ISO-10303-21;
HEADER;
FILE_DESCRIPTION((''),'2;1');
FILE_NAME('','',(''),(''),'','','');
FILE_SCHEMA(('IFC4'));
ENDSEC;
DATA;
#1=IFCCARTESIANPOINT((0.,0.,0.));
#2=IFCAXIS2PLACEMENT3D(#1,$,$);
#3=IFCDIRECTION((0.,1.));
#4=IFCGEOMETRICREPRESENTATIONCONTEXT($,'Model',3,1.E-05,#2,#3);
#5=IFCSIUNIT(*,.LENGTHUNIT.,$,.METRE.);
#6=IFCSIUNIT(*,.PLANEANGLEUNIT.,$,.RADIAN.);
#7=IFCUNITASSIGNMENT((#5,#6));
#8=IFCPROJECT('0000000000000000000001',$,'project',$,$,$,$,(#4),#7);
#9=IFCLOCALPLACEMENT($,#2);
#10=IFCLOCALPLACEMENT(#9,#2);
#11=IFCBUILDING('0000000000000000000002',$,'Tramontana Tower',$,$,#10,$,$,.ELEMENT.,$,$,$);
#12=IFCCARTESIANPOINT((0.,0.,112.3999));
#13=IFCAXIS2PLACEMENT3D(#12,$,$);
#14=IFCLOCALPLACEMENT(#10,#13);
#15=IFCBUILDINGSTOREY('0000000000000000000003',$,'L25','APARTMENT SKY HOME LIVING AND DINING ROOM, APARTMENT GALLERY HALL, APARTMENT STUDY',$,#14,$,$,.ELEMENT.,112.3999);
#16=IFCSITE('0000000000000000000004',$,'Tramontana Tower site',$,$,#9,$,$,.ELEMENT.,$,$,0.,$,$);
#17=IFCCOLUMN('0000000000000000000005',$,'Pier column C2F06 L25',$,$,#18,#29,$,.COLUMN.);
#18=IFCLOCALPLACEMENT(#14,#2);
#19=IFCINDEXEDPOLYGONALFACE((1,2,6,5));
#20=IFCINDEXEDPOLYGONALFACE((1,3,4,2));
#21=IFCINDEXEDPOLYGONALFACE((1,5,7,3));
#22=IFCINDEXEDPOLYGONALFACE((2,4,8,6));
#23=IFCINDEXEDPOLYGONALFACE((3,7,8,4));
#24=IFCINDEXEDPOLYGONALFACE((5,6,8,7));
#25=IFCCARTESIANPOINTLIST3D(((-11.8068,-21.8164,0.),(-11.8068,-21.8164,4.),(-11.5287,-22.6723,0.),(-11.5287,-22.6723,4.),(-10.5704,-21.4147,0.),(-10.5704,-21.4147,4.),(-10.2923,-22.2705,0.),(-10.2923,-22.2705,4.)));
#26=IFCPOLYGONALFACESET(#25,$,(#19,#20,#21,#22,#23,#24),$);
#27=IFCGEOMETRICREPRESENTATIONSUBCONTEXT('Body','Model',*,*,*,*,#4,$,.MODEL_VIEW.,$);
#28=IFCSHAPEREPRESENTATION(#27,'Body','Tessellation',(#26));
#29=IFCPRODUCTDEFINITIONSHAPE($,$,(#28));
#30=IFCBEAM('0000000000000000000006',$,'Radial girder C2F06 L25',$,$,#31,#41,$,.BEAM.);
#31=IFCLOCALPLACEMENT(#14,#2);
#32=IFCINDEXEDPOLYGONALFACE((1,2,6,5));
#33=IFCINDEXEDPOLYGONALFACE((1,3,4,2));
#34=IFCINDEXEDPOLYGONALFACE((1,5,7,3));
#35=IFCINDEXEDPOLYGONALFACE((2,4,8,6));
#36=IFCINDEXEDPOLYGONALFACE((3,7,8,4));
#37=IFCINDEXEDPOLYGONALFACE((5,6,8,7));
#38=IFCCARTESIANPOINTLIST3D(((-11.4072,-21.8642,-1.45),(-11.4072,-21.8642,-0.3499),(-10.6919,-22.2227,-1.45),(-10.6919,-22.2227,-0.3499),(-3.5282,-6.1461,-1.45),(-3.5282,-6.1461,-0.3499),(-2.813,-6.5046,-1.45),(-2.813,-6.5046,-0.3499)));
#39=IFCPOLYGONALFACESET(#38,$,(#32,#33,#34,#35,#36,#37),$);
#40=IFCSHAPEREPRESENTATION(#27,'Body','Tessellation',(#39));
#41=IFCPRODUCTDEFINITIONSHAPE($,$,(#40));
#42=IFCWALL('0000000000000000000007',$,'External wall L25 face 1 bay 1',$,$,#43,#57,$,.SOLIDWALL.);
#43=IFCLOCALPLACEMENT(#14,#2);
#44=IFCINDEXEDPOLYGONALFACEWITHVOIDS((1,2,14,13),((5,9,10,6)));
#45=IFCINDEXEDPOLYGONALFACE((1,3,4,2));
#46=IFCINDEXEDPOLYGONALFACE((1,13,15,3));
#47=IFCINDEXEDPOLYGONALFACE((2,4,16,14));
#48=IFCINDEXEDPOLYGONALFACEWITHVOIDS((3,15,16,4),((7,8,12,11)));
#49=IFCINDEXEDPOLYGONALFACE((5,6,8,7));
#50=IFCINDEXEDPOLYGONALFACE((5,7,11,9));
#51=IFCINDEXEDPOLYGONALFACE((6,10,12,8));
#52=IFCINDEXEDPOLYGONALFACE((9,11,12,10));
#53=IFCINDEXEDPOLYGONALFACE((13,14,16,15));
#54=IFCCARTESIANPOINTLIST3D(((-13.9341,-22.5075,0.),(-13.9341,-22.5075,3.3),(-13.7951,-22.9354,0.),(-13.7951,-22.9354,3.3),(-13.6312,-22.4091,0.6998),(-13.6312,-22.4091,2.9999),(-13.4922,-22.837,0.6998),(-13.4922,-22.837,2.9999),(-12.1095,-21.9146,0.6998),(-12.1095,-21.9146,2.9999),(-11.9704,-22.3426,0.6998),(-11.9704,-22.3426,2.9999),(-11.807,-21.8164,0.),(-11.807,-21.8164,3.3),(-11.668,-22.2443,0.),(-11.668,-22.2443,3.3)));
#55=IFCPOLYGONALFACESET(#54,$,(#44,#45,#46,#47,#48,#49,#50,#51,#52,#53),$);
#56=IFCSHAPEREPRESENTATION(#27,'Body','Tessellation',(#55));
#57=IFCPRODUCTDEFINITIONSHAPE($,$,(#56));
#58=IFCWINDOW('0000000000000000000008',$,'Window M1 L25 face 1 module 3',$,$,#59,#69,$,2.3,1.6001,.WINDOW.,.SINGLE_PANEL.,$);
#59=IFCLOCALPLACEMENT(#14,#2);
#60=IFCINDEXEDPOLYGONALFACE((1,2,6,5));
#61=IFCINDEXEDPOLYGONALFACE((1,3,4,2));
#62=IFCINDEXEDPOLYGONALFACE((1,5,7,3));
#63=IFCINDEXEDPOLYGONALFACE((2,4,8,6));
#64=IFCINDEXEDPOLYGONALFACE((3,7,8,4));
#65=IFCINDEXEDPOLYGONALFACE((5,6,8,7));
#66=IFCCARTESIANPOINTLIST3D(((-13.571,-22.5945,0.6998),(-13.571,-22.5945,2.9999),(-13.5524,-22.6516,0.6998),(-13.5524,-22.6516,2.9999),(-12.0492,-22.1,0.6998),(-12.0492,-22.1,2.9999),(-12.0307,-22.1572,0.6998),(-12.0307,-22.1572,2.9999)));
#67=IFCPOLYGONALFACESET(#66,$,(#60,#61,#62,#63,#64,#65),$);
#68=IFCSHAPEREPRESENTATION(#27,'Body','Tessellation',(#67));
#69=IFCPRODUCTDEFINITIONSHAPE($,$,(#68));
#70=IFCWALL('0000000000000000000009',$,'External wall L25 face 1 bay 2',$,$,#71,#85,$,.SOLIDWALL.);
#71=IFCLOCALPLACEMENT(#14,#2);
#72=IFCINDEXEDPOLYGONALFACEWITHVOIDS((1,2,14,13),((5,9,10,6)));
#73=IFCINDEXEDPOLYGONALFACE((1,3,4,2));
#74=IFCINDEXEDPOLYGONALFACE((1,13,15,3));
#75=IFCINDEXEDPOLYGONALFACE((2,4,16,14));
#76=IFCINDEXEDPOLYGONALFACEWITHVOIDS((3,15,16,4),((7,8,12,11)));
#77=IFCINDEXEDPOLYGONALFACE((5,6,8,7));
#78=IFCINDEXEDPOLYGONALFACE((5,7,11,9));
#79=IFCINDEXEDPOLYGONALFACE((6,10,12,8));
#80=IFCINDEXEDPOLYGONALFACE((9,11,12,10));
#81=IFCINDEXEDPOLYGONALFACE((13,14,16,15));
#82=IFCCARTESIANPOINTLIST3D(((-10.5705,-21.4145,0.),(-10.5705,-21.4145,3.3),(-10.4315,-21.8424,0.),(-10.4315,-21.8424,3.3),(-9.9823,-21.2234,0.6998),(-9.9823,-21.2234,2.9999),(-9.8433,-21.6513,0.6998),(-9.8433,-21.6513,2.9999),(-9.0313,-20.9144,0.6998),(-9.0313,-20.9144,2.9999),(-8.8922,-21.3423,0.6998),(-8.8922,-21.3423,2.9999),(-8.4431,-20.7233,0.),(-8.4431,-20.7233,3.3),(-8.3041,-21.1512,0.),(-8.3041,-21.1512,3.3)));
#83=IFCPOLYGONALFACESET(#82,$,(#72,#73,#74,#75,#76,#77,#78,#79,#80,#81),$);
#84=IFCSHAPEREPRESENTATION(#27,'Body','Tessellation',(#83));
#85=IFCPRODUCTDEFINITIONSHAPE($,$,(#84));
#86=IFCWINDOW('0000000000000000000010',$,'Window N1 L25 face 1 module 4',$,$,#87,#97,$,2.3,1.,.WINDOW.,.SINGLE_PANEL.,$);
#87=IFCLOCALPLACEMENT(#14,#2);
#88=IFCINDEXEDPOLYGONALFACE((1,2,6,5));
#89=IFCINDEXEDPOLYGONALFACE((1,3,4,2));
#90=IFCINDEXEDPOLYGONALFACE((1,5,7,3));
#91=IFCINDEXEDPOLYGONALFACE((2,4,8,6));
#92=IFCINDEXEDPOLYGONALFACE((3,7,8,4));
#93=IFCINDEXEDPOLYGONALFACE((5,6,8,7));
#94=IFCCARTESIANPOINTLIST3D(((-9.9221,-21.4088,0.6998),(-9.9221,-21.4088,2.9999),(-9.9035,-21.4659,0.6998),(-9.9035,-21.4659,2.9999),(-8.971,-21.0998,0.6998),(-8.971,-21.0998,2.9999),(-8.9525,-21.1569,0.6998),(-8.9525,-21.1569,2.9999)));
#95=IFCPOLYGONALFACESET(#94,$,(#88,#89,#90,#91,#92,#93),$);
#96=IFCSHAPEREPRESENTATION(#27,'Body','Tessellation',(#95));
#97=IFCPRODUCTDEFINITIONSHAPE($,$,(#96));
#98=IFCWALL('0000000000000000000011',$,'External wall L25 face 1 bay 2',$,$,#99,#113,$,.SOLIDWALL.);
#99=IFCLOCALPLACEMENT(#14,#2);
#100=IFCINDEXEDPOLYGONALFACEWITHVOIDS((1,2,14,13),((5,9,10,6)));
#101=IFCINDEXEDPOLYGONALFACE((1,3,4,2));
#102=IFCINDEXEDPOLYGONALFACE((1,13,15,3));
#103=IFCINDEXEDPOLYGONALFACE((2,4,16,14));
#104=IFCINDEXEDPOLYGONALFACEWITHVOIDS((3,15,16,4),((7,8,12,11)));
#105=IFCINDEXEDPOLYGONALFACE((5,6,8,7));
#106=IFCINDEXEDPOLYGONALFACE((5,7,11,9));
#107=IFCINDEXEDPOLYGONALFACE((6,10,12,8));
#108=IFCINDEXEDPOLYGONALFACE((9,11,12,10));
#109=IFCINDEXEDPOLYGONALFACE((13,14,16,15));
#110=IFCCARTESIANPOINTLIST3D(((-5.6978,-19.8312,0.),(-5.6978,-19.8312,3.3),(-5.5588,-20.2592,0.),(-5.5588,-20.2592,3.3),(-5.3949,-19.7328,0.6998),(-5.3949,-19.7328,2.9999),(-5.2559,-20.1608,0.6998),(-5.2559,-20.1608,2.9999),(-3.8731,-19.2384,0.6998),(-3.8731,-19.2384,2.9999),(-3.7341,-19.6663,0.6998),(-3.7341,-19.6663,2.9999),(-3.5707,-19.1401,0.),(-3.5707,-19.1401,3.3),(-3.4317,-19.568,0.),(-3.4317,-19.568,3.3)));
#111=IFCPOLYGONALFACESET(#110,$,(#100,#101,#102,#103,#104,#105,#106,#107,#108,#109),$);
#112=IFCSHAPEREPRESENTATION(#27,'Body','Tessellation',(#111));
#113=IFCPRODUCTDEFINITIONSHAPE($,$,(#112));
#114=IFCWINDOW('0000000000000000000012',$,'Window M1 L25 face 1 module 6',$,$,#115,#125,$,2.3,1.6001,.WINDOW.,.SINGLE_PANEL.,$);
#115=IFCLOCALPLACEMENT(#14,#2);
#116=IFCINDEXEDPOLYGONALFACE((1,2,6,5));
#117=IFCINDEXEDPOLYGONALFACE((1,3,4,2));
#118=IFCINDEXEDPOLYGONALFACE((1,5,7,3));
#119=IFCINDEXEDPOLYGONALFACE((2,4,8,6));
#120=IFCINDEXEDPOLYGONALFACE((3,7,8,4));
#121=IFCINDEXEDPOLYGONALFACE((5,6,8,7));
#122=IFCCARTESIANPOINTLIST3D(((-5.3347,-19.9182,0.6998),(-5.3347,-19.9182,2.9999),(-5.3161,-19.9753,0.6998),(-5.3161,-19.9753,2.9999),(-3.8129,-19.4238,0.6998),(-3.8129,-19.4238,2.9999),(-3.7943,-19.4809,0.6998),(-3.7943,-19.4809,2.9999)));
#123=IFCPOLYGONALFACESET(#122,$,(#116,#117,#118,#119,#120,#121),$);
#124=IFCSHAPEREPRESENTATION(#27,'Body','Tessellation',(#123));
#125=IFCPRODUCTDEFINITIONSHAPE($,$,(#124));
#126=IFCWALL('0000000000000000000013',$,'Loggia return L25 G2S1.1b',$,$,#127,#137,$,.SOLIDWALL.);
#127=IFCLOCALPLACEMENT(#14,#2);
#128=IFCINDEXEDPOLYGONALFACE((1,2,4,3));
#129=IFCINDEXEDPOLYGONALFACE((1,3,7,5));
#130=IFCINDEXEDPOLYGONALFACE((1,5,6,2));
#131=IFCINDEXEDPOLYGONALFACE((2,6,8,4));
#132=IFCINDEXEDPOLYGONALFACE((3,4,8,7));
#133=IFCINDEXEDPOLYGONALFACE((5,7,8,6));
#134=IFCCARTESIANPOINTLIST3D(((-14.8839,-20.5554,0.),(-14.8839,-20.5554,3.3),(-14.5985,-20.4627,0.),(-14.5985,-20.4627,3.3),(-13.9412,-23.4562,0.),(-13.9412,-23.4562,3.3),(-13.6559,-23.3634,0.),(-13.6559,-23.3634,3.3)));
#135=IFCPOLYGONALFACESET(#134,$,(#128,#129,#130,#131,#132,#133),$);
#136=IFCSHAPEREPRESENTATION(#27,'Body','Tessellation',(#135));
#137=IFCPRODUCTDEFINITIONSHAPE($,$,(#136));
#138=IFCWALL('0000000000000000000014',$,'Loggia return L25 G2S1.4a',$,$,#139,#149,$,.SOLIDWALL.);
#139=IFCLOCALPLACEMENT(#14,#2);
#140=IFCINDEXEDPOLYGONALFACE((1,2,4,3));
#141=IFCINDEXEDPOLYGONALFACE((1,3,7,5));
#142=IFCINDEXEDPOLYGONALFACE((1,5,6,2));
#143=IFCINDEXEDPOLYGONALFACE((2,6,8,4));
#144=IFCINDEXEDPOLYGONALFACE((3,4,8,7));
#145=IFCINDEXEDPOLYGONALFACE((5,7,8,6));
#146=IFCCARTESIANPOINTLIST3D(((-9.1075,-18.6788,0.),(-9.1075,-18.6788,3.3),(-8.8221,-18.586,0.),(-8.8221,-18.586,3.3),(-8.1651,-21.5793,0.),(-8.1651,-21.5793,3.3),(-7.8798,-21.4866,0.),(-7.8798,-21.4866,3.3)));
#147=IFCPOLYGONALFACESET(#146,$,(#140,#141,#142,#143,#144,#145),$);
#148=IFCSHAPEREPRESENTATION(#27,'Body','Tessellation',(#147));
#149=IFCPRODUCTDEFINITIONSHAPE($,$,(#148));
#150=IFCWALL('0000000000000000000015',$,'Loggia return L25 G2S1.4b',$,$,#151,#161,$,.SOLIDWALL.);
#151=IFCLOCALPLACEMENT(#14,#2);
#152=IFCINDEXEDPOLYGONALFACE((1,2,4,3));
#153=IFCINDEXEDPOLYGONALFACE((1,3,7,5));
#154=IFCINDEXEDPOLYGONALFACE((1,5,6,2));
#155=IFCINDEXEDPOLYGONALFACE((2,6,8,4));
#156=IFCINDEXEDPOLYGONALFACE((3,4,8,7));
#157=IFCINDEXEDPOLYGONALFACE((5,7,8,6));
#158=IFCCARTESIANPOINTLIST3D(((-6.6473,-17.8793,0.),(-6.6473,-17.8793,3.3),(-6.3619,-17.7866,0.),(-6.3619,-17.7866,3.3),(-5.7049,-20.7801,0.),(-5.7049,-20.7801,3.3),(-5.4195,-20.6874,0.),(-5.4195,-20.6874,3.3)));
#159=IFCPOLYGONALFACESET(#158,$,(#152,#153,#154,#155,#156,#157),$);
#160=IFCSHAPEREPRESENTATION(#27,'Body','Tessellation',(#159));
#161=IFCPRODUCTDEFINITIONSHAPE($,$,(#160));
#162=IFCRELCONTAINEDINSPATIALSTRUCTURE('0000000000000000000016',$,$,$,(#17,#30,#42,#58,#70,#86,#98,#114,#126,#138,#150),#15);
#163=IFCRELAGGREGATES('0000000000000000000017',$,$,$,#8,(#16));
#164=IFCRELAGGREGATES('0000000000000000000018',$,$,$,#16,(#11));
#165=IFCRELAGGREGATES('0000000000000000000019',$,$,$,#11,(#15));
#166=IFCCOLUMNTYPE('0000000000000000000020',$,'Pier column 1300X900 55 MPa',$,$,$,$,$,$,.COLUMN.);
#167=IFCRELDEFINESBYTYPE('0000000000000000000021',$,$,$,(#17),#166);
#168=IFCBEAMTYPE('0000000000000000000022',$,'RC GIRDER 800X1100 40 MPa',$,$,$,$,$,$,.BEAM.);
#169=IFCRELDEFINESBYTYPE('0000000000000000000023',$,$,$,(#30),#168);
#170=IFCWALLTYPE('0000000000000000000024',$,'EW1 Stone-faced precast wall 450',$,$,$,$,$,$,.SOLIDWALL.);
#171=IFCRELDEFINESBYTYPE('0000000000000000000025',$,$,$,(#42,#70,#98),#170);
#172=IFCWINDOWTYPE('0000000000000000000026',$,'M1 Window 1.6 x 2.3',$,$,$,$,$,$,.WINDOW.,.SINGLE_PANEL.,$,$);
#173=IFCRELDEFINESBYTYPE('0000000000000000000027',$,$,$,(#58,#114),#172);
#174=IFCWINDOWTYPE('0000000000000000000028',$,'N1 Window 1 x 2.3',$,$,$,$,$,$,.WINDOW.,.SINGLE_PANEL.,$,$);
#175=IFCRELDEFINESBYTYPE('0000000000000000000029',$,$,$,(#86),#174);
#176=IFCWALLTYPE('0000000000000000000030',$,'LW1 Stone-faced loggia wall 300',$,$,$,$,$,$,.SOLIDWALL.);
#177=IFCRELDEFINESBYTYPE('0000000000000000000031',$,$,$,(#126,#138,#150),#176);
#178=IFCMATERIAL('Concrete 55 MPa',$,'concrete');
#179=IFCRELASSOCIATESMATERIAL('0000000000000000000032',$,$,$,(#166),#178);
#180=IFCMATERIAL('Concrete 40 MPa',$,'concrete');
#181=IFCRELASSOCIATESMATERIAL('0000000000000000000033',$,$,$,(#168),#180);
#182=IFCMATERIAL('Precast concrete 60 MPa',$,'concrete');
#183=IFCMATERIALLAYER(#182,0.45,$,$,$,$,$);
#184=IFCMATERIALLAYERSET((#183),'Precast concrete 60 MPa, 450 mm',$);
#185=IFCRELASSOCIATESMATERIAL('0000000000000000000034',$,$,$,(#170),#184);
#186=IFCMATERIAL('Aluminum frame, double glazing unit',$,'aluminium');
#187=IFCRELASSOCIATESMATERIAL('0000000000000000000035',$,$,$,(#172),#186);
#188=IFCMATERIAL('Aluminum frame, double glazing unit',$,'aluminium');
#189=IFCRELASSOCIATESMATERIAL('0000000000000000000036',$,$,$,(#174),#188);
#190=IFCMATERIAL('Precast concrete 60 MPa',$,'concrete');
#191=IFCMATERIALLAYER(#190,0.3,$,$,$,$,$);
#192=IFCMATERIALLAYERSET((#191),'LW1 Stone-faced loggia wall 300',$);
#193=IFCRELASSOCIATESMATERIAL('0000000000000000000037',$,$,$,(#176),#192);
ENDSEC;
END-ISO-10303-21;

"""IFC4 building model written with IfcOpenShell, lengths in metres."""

from ifc_helpers import new_model, si_unit, direction, frame, frame_2d, origin, origin_2d, place, context, subcontext, project, spatial, rectangle, extrude, material, layer, layer_set, material_profile, profile_set, type_object, element, fill, save


model = new_model("IFC4")

# Units and contexts
model_context = context("Model", 3, precision=1e-05, world=origin(), true_north=direction((0.0, 1.0)))
body_context = subcontext(model_context, "Body", "Model", "MODEL_VIEW")
ifc_project = project(units=[si_unit("LENGTHUNIT", "METRE"), si_unit("PLANEANGLEUNIT", "RADIAN")], contexts=[model_context])

# Site, building, storey
site_placement = place(None, origin())
site = spatial("IfcSite", under=ifc_project, at=site_placement, Name="Tramontana Tower site", CompositionType="ELEMENT", RefElevation=0.0)
building_placement = place(site_placement, origin())
building = spatial("IfcBuilding", under=site, at=building_placement, Name="Tramontana Tower", CompositionType="ELEMENT")
storey_placement = place(building_placement, frame((0.0, 0.0, 112.3999)))
storey = spatial("IfcBuildingStorey", under=building, at=storey_placement, Name="L25", Description="APARTMENT SKY HOME LIVING AND DINING ROOM, APARTMENT GALLERY HALL, APARTMENT STUDY", CompositionType="ELEMENT", Elevation=112.3999)

# Column
ifc_material_1 = material(Name="Concrete 55 MPa", Category="concrete")
ifc_material_profile_1 = material_profile(ifc_material_1, rectangle(XDim=1.3, YDim=0.8999, at=origin_2d()), Name="Pier column 1300X900 55 MPa")
ifc_profile_set_1 = profile_set([ifc_material_profile_1], Name="Concrete 55 MPa")
column_type = type_object("IfcColumnType", Name="Pier column 1300X900 55 MPa", PredefinedType="COLUMN", material=ifc_profile_set_1)
column_placement = place(storey_placement, frame((-11.0496, -22.0435, 0.0), z_axis=(0.0, 0.0, 1.0), x_axis=(0.951057, 0.309017, 0.0)))
element("IfcColumn", 1, at=column_placement, inside=storey, type_object=column_type, Name="Pier column C2F06 L25", PredefinedType="COLUMN", context=body_context, shape_type="SweptSolid", body=[
    extrude(rectangle(XDim=1.3, YDim=0.8999, at=origin_2d()), origin(), (0.0, 0.0, 1.0), 4.0),
])

# Beam
ifc_material_2 = material(Name="Concrete 40 MPa", Category="concrete")
ifc_material_profile_2 = material_profile(ifc_material_2, rectangle(XDim=0.8, YDim=1.1001, at=origin_2d()), Name="RC GIRDER 800X1100 40 MPa")
ifc_profile_set_2 = profile_set([ifc_material_profile_2], Name="Concrete 40 MPa")
beam_type = type_object("IfcBeamType", Name="RC GIRDER 800X1100 40 MPa", PredefinedType="BEAM", material=ifc_profile_set_2)
beam_placement = place(storey_placement, frame((-11.0496, -22.0435, -0.8999), z_axis=(0.448119, 0.893974, 0.0), x_axis=(-0.893974, 0.448119, 0.0)))
element("IfcBeam", 2, at=beam_placement, inside=storey, type_object=beam_type, Name="Radial girder C2F06 L25", PredefinedType="BEAM", context=body_context, shape_type="SweptSolid", body=[
    extrude(rectangle(XDim=0.8, YDim=1.1001, at=origin_2d()), origin(), (0.0, 0.0, 1.0), 17.5823),
])

# Walls, openings, windows
ifc_material_3 = material(Name="Precast concrete 60 MPa", Category="concrete")
ifc_layer_1 = layer(ifc_material_3, 0.45)
ifc_layer_set_1 = layer_set([ifc_layer_1], Name="Precast concrete 60 MPa, 450 mm")
wall_type_1 = type_object("IfcWallType", Name="EW1 Stone-faced precast wall 450", PredefinedType="SOLIDWALL", material=ifc_layer_set_1)
wall_1_placement = place(storey_placement, frame((-13.8645, -22.7214, 0.0), z_axis=(0.0, 0.0, 1.0), x_axis=(0.951057, 0.309014, 0.0)))
wall_1 = element("IfcWall", 3, at=wall_1_placement, inside=storey, type_object=wall_type_1, Name="External wall L25 face 1 bay 1", PredefinedType="SOLIDWALL", context=body_context, shape_type="SweptSolid", body=[
    extrude(rectangle(XDim=2.2366, YDim=0.45, at=frame_2d((1.1182, 0.0))), origin(), (0.0, 0.0, 1.0), 3.3),
])
opening_1_placement = place(wall_1_placement, frame((0.3184, 0.0, 0.7)))
opening_1 = element("IfcOpeningElement", 4, at=opening_1_placement, cuts=wall_1, PredefinedType="OPENING", context=body_context, shape_type="SweptSolid", body=[
    extrude(rectangle(XDim=1.6001, YDim=2.3, at=frame_2d((0.8, 1.1499))), frame((0.0, 0.2349, 0.0), z_axis=(0.0, -1.0, 0.0), x_axis=(1.0, 0.0, 0.0)), (0.0, 0.0, 1.0), 0.47),
])
ifc_material_4 = material(Name="Aluminum frame, double glazing unit", Category="aluminium")
window_type_1 = type_object("IfcWindowType", Name="M1 Window 1.6 x 2.3", PartitioningType="SINGLE_PANEL", PredefinedType="WINDOW", material=ifc_material_4)
window_1_placement = place(opening_1_placement, origin())
window_1 = element("IfcWindow", 5, at=window_1_placement, inside=storey, type_object=window_type_1, Name="Window M1 L25 face 1 module 3", OverallHeight=2.3, OverallWidth=1.6001, PartitioningType="SINGLE_PANEL", PredefinedType="WINDOW", context=body_context, shape_type="SweptSolid", body=[
    extrude(rectangle(XDim=1.6001, YDim=2.3, at=frame_2d((0.8, 1.1499))), frame((0.0, 0.03, 0.0), z_axis=(0.0, -1.0, 0.0), x_axis=(1.0, 0.0, 0.0)), (0.0, 0.0, 1.0), 0.0601),
])
fill(opening_1, window_1)
wall_2_placement = place(storey_placement, frame((-10.501, -21.6284, 0.0), z_axis=(0.0, 0.0, 1.0), x_axis=(0.951068, 0.308982, 0.0)))
wall_2 = element("IfcWall", 6, at=wall_2_placement, inside=storey, type_object=wall_type_1, Name="External wall L25 face 1 bay 2", PredefinedType="SOLIDWALL", context=body_context, shape_type="SweptSolid", body=[
    extrude(rectangle(XDim=2.2368, YDim=0.45, at=frame_2d((1.1184, 0.0))), origin(), (0.0, 0.0, 1.0), 3.3),
])
opening_2_placement = place(wall_2_placement, frame((0.6184, 0.0, 0.7)))
opening_2 = element("IfcOpeningElement", 7, at=opening_2_placement, cuts=wall_2, PredefinedType="OPENING", context=body_context, shape_type="SweptSolid", body=[
    extrude(rectangle(XDim=1.0, YDim=2.3, at=frame_2d((0.5, 1.1499))), frame((0.0, 0.2349, 0.0), z_axis=(0.0, -1.0, 0.0), x_axis=(1.0, 0.0, 0.0)), (0.0, 0.0, 1.0), 0.47),
])
ifc_material_5 = material(Name="Aluminum frame, double glazing unit", Category="aluminium")
window_type_2 = type_object("IfcWindowType", Name="N1 Window 1 x 2.3", PartitioningType="SINGLE_PANEL", PredefinedType="WINDOW", material=ifc_material_5)
window_2_placement = place(opening_2_placement, origin())
window_2 = element("IfcWindow", 8, at=window_2_placement, inside=storey, type_object=window_type_2, Name="Window N1 L25 face 1 module 4", OverallHeight=2.3, OverallWidth=1.0, PartitioningType="SINGLE_PANEL", PredefinedType="WINDOW", context=body_context, shape_type="SweptSolid", body=[
    extrude(rectangle(XDim=1.0, YDim=2.3, at=frame_2d((0.5, 1.1499))), frame((0.0, 0.03, 0.0), z_axis=(0.0, -1.0, 0.0), x_axis=(1.0, 0.0, 0.0)), (0.0, 0.0, 1.0), 0.0601),
])
fill(opening_2, window_2)
wall_3_placement = place(storey_placement, frame((-5.6282, -20.0452, 0.0), z_axis=(0.0, 0.0, 1.0), x_axis=(0.951057, 0.309014, 0.0)))
wall_3 = element("IfcWall", 9, at=wall_3_placement, inside=storey, type_object=wall_type_1, Name="External wall L25 face 1 bay 2", PredefinedType="SOLIDWALL", context=body_context, shape_type="SweptSolid", body=[
    extrude(rectangle(XDim=2.2366, YDim=0.45, at=frame_2d((1.1182, 0.0))), origin(), (0.0, 0.0, 1.0), 3.3),
])
opening_3_placement = place(wall_3_placement, frame((0.3184, 0.0, 0.7)))
opening_3 = element("IfcOpeningElement", 10, at=opening_3_placement, cuts=wall_3, PredefinedType="OPENING", context=body_context, shape_type="SweptSolid", body=[
    extrude(rectangle(XDim=1.6001, YDim=2.3, at=frame_2d((0.8, 1.1499))), frame((0.0, 0.2349, 0.0), z_axis=(0.0, -1.0, 0.0), x_axis=(1.0, 0.0, 0.0)), (0.0, 0.0, 1.0), 0.47),
])
window_3_placement = place(opening_3_placement, origin())
window_3 = element("IfcWindow", 11, at=window_3_placement, inside=storey, type_object=window_type_1, Name="Window M1 L25 face 1 module 6", OverallHeight=2.3, OverallWidth=1.6001, PartitioningType="SINGLE_PANEL", PredefinedType="WINDOW", context=body_context, shape_type="SweptSolid", body=[
    extrude(rectangle(XDim=1.6001, YDim=2.3, at=frame_2d((0.8, 1.1499))), frame((0.0, 0.03, 0.0), z_axis=(0.0, -1.0, 0.0), x_axis=(1.0, 0.0, 0.0)), (0.0, 0.0, 1.0), 0.0601),
])
fill(opening_3, window_3)

# Wall
ifc_material_6 = material(Name="Precast concrete 60 MPa", Category="concrete")
ifc_layer_2 = layer(ifc_material_6, 0.3)
ifc_layer_set_2 = layer_set([ifc_layer_2], Name="LW1 Stone-faced loggia wall 300")
wall_type_2 = type_object("IfcWallType", Name="LW1 Stone-faced loggia wall 300", PredefinedType="SOLIDWALL", material=ifc_layer_set_2)
wall_4_placement = place(storey_placement, frame((-13.7986, -23.4097, 0.0), z_axis=(0.0, 0.0, 1.0), x_axis=(-0.309063, 0.951042, 0.0)))
element("IfcWall", 12, at=wall_4_placement, inside=storey, type_object=wall_type_2, Name="Loggia return L25 G2S1.1b", PredefinedType="SOLIDWALL", context=body_context, shape_type="SweptSolid", body=[
    extrude(rectangle(XDim=3.05, YDim=0.3, at=frame_2d((1.5249, 0.0))), origin(), (0.0, 0.0, 1.0), 3.3),
])

# Walls
wall_5_placement = place(storey_placement, frame((-8.0225, -21.533, 0.0), z_axis=(0.0, 0.0, 1.0), x_axis=(-0.30899, 0.951065, 0.0)))
element("IfcWall", 13, at=wall_5_placement, inside=storey, type_object=wall_type_2, Name="Loggia return L25 G2S1.4a", PredefinedType="SOLIDWALL", context=body_context, shape_type="SweptSolid", body=[
    extrude(rectangle(XDim=3.0498, YDim=0.3, at=frame_2d((1.5249, 0.0))), origin(), (0.0, 0.0, 1.0), 3.3),
])
wall_6_placement = place(storey_placement, frame((-5.5623, -20.7336, 0.0), z_axis=(0.0, 0.0, 1.0), x_axis=(-0.308967, 0.951073, 0.0)))
element("IfcWall", 14, at=wall_6_placement, inside=storey, type_object=wall_type_2, Name="Loggia return L25 G2S1.4b", PredefinedType="SOLIDWALL", context=body_context, shape_type="SweptSolid", body=[
    extrude(rectangle(XDim=3.05, YDim=0.3, at=frame_2d((1.5249, 0.0))), origin(), (0.0, 0.0, 1.0), 3.3),
])

save(model, "model.ifc")
